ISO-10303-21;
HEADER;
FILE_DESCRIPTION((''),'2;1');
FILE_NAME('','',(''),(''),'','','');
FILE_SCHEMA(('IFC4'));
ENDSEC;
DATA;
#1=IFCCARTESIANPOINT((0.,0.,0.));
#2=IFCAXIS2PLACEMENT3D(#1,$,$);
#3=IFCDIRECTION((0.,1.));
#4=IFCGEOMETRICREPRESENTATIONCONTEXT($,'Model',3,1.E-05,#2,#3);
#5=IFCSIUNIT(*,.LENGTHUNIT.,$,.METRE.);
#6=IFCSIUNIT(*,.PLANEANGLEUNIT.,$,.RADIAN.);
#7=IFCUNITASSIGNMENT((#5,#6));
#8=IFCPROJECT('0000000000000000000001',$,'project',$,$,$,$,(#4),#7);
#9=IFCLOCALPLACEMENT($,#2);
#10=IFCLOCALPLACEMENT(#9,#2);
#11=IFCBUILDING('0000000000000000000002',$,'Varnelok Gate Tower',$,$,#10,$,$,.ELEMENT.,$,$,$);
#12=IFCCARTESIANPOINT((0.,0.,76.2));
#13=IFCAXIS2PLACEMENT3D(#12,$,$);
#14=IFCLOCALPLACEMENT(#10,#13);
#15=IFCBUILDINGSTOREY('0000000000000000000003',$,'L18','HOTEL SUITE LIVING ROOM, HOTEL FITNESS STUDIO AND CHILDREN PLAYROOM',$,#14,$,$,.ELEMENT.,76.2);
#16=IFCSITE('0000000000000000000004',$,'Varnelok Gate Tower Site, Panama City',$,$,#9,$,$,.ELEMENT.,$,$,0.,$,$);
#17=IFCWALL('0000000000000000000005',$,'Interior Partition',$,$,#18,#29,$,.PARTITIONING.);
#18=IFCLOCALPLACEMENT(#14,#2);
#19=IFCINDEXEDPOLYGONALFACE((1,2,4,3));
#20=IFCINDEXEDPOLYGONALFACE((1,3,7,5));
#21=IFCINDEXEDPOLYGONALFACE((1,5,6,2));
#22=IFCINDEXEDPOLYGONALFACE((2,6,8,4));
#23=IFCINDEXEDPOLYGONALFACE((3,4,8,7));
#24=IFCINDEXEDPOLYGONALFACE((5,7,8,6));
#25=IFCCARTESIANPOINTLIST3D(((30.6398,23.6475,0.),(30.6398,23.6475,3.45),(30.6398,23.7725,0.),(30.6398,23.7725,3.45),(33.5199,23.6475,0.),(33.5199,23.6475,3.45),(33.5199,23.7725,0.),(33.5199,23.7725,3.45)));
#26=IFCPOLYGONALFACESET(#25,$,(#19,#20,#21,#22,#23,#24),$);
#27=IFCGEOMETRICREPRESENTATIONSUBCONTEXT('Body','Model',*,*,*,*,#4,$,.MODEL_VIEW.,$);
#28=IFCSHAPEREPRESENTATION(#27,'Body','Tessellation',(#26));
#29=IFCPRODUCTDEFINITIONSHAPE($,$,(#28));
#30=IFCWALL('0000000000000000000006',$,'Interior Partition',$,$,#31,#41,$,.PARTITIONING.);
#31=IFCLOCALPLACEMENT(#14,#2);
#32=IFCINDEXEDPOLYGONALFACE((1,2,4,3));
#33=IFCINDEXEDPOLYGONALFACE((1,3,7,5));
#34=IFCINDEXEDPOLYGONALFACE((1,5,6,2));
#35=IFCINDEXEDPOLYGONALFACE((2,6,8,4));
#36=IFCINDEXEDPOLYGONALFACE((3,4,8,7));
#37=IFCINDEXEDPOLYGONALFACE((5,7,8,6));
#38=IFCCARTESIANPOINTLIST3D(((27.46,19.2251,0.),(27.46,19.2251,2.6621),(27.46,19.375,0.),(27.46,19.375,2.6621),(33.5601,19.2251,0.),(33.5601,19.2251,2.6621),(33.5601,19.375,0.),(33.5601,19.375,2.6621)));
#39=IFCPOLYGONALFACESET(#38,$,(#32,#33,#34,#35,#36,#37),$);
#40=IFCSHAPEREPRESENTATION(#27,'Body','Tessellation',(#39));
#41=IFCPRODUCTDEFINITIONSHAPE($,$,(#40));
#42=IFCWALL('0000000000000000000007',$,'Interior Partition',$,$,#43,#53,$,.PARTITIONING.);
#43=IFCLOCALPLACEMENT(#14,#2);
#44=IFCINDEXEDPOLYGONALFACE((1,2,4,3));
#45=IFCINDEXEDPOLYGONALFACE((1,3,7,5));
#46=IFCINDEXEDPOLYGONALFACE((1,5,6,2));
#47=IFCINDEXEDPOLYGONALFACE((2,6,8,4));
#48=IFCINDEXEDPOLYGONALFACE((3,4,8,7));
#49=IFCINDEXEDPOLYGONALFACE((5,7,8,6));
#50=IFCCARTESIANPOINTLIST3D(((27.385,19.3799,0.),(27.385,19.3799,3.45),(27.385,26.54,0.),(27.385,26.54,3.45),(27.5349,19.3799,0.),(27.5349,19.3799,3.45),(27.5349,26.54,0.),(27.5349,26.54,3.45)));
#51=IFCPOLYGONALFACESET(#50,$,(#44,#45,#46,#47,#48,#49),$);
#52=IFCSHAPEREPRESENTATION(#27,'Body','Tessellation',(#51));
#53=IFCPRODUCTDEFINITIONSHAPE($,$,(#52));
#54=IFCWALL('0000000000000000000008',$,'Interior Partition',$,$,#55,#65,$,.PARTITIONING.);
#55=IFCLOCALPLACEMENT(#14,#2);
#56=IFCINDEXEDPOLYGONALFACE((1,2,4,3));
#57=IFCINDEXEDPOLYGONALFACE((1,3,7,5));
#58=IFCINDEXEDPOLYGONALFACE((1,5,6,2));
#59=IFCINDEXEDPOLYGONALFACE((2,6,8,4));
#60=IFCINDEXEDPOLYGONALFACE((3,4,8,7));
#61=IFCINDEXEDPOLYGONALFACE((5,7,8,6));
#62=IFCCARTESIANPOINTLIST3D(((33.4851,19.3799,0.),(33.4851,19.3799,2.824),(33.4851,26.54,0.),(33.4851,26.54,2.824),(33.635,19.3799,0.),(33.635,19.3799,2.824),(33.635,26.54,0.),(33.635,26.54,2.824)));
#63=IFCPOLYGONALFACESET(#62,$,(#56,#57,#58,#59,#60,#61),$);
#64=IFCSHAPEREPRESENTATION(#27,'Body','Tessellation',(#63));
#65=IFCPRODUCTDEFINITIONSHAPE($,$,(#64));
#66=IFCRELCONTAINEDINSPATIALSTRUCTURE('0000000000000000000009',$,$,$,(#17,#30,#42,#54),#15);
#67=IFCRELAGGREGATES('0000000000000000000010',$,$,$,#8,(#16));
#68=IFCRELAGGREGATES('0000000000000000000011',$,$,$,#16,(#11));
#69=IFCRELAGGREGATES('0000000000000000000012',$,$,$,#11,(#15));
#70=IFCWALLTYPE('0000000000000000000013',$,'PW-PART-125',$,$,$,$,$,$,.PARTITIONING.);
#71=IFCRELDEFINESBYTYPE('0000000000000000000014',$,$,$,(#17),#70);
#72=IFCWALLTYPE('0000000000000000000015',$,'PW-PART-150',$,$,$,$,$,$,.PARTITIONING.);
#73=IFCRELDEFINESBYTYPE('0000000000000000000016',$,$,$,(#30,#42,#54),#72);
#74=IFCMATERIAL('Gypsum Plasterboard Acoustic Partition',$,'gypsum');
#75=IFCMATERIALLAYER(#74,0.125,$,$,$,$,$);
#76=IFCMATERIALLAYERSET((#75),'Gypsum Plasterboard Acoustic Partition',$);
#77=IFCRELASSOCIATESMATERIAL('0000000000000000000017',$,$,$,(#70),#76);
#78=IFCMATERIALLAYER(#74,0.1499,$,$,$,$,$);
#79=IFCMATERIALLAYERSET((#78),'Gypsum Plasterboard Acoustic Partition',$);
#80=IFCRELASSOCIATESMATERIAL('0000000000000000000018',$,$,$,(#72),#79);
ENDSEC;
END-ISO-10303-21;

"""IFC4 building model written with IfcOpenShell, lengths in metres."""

from ifc_helpers import new_model, si_unit, direction, frame, frame_2d, origin, place, context, subcontext, project, spatial, rectangle, extrude, material, layer, layer_set, type_object, element, save


model = new_model("IFC4")

# Units and contexts
model_context = context("Model", 3, precision=1e-05, world=origin(), true_north=direction((0.0, 1.0)))
body_context = subcontext(model_context, "Body", "Model", "MODEL_VIEW")
ifc_project = project(units=[si_unit("LENGTHUNIT", "METRE"), si_unit("PLANEANGLEUNIT", "RADIAN")], contexts=[model_context])

# Site, building, storey
site_placement = place(None, origin())
site = spatial("IfcSite", under=ifc_project, at=site_placement, Name="Varnelok Gate Tower Site, Panama City", CompositionType="ELEMENT", RefElevation=0.0)
building_placement = place(site_placement, origin())
building = spatial("IfcBuilding", under=site, at=building_placement, Name="Varnelok Gate Tower", CompositionType="ELEMENT")
storey_placement = place(building_placement, frame((0.0, 0.0, 76.2)))
storey = spatial("IfcBuildingStorey", under=building, at=storey_placement, Name="L18", Description="HOTEL SUITE LIVING ROOM, HOTEL FITNESS STUDIO AND CHILDREN PLAYROOM", CompositionType="ELEMENT", Elevation=76.2)

# Shared definitions
ifc_material_1 = material(Name="Gypsum Plasterboard Acoustic Partition", Category="gypsum")

# Shared definitions
ifc_layer_1 = layer(ifc_material_1, 0.125)
ifc_layer_set_1 = layer_set([ifc_layer_1], Name="Gypsum Plasterboard Acoustic Partition")
wall_type_1 = type_object("IfcWallType", Name="PW-PART-125", PredefinedType="PARTITIONING", material=ifc_layer_set_1)

# Walls
wall_1_placement = place(storey_placement, frame((30.6399, 23.71, 0.0), z_axis=(0.0, 0.0, 1.0), x_axis=(1.0, 0.0, 0.0)))
element("IfcWall", 1, at=wall_1_placement, inside=storey, type_object=wall_type_1, Name="Interior Partition", PredefinedType="PARTITIONING", context=body_context, shape_type="SweptSolid", body=[
    extrude(rectangle(XDim=2.8801, YDim=0.125, at=frame_2d((1.4399, 0.0))), origin(), (0.0, 0.0, 1.0), 3.45),
])
ifc_layer_2 = layer(ifc_material_1, 0.1499)
ifc_layer_set_2 = layer_set([ifc_layer_2], Name="Gypsum Plasterboard Acoustic Partition")
wall_type_2 = type_object("IfcWallType", Name="PW-PART-150", PredefinedType="PARTITIONING", material=ifc_layer_set_2)
wall_2_placement = place(storey_placement, frame((27.46, 19.3, 0.0), z_axis=(0.0, 0.0, 1.0), x_axis=(1.0, 0.0, 0.0)))
element("IfcWall", 2, at=wall_2_placement, inside=storey, type_object=wall_type_2, Name="Interior Partition", PredefinedType="PARTITIONING", context=body_context, shape_type="SweptSolid", body=[
    extrude(rectangle(XDim=6.1001, YDim=0.1499, at=frame_2d((3.05, 0.0))), origin(), (0.0, 0.0, 1.0), 2.6621),
])
wall_3_placement = place(storey_placement, frame((27.46, 19.3799, 0.0), z_axis=(0.0, 0.0, 1.0), x_axis=(0.0, 1.0, 0.0)))
element("IfcWall", 3, at=wall_3_placement, inside=storey, type_object=wall_type_2, Name="Interior Partition", PredefinedType="PARTITIONING", context=body_context, shape_type="SweptSolid", body=[
    extrude(rectangle(XDim=7.1602, YDim=0.1499, at=frame_2d((3.5801, 0.0))), origin(), (0.0, 0.0, 1.0), 3.45),
])
wall_4_placement = place(storey_placement, frame((33.5601, 19.3799, 0.0), z_axis=(0.0, 0.0, 1.0), x_axis=(0.0, 1.0, 0.0)))
element("IfcWall", 4, at=wall_4_placement, inside=storey, type_object=wall_type_2, Name="Interior Partition", PredefinedType="PARTITIONING", context=body_context, shape_type="SweptSolid", body=[
    extrude(rectangle(XDim=7.1602, YDim=0.1499, at=frame_2d((3.5801, 0.0))), origin(), (0.0, 0.0, 1.0), 2.824),
])

save(model, "model.ifc")
